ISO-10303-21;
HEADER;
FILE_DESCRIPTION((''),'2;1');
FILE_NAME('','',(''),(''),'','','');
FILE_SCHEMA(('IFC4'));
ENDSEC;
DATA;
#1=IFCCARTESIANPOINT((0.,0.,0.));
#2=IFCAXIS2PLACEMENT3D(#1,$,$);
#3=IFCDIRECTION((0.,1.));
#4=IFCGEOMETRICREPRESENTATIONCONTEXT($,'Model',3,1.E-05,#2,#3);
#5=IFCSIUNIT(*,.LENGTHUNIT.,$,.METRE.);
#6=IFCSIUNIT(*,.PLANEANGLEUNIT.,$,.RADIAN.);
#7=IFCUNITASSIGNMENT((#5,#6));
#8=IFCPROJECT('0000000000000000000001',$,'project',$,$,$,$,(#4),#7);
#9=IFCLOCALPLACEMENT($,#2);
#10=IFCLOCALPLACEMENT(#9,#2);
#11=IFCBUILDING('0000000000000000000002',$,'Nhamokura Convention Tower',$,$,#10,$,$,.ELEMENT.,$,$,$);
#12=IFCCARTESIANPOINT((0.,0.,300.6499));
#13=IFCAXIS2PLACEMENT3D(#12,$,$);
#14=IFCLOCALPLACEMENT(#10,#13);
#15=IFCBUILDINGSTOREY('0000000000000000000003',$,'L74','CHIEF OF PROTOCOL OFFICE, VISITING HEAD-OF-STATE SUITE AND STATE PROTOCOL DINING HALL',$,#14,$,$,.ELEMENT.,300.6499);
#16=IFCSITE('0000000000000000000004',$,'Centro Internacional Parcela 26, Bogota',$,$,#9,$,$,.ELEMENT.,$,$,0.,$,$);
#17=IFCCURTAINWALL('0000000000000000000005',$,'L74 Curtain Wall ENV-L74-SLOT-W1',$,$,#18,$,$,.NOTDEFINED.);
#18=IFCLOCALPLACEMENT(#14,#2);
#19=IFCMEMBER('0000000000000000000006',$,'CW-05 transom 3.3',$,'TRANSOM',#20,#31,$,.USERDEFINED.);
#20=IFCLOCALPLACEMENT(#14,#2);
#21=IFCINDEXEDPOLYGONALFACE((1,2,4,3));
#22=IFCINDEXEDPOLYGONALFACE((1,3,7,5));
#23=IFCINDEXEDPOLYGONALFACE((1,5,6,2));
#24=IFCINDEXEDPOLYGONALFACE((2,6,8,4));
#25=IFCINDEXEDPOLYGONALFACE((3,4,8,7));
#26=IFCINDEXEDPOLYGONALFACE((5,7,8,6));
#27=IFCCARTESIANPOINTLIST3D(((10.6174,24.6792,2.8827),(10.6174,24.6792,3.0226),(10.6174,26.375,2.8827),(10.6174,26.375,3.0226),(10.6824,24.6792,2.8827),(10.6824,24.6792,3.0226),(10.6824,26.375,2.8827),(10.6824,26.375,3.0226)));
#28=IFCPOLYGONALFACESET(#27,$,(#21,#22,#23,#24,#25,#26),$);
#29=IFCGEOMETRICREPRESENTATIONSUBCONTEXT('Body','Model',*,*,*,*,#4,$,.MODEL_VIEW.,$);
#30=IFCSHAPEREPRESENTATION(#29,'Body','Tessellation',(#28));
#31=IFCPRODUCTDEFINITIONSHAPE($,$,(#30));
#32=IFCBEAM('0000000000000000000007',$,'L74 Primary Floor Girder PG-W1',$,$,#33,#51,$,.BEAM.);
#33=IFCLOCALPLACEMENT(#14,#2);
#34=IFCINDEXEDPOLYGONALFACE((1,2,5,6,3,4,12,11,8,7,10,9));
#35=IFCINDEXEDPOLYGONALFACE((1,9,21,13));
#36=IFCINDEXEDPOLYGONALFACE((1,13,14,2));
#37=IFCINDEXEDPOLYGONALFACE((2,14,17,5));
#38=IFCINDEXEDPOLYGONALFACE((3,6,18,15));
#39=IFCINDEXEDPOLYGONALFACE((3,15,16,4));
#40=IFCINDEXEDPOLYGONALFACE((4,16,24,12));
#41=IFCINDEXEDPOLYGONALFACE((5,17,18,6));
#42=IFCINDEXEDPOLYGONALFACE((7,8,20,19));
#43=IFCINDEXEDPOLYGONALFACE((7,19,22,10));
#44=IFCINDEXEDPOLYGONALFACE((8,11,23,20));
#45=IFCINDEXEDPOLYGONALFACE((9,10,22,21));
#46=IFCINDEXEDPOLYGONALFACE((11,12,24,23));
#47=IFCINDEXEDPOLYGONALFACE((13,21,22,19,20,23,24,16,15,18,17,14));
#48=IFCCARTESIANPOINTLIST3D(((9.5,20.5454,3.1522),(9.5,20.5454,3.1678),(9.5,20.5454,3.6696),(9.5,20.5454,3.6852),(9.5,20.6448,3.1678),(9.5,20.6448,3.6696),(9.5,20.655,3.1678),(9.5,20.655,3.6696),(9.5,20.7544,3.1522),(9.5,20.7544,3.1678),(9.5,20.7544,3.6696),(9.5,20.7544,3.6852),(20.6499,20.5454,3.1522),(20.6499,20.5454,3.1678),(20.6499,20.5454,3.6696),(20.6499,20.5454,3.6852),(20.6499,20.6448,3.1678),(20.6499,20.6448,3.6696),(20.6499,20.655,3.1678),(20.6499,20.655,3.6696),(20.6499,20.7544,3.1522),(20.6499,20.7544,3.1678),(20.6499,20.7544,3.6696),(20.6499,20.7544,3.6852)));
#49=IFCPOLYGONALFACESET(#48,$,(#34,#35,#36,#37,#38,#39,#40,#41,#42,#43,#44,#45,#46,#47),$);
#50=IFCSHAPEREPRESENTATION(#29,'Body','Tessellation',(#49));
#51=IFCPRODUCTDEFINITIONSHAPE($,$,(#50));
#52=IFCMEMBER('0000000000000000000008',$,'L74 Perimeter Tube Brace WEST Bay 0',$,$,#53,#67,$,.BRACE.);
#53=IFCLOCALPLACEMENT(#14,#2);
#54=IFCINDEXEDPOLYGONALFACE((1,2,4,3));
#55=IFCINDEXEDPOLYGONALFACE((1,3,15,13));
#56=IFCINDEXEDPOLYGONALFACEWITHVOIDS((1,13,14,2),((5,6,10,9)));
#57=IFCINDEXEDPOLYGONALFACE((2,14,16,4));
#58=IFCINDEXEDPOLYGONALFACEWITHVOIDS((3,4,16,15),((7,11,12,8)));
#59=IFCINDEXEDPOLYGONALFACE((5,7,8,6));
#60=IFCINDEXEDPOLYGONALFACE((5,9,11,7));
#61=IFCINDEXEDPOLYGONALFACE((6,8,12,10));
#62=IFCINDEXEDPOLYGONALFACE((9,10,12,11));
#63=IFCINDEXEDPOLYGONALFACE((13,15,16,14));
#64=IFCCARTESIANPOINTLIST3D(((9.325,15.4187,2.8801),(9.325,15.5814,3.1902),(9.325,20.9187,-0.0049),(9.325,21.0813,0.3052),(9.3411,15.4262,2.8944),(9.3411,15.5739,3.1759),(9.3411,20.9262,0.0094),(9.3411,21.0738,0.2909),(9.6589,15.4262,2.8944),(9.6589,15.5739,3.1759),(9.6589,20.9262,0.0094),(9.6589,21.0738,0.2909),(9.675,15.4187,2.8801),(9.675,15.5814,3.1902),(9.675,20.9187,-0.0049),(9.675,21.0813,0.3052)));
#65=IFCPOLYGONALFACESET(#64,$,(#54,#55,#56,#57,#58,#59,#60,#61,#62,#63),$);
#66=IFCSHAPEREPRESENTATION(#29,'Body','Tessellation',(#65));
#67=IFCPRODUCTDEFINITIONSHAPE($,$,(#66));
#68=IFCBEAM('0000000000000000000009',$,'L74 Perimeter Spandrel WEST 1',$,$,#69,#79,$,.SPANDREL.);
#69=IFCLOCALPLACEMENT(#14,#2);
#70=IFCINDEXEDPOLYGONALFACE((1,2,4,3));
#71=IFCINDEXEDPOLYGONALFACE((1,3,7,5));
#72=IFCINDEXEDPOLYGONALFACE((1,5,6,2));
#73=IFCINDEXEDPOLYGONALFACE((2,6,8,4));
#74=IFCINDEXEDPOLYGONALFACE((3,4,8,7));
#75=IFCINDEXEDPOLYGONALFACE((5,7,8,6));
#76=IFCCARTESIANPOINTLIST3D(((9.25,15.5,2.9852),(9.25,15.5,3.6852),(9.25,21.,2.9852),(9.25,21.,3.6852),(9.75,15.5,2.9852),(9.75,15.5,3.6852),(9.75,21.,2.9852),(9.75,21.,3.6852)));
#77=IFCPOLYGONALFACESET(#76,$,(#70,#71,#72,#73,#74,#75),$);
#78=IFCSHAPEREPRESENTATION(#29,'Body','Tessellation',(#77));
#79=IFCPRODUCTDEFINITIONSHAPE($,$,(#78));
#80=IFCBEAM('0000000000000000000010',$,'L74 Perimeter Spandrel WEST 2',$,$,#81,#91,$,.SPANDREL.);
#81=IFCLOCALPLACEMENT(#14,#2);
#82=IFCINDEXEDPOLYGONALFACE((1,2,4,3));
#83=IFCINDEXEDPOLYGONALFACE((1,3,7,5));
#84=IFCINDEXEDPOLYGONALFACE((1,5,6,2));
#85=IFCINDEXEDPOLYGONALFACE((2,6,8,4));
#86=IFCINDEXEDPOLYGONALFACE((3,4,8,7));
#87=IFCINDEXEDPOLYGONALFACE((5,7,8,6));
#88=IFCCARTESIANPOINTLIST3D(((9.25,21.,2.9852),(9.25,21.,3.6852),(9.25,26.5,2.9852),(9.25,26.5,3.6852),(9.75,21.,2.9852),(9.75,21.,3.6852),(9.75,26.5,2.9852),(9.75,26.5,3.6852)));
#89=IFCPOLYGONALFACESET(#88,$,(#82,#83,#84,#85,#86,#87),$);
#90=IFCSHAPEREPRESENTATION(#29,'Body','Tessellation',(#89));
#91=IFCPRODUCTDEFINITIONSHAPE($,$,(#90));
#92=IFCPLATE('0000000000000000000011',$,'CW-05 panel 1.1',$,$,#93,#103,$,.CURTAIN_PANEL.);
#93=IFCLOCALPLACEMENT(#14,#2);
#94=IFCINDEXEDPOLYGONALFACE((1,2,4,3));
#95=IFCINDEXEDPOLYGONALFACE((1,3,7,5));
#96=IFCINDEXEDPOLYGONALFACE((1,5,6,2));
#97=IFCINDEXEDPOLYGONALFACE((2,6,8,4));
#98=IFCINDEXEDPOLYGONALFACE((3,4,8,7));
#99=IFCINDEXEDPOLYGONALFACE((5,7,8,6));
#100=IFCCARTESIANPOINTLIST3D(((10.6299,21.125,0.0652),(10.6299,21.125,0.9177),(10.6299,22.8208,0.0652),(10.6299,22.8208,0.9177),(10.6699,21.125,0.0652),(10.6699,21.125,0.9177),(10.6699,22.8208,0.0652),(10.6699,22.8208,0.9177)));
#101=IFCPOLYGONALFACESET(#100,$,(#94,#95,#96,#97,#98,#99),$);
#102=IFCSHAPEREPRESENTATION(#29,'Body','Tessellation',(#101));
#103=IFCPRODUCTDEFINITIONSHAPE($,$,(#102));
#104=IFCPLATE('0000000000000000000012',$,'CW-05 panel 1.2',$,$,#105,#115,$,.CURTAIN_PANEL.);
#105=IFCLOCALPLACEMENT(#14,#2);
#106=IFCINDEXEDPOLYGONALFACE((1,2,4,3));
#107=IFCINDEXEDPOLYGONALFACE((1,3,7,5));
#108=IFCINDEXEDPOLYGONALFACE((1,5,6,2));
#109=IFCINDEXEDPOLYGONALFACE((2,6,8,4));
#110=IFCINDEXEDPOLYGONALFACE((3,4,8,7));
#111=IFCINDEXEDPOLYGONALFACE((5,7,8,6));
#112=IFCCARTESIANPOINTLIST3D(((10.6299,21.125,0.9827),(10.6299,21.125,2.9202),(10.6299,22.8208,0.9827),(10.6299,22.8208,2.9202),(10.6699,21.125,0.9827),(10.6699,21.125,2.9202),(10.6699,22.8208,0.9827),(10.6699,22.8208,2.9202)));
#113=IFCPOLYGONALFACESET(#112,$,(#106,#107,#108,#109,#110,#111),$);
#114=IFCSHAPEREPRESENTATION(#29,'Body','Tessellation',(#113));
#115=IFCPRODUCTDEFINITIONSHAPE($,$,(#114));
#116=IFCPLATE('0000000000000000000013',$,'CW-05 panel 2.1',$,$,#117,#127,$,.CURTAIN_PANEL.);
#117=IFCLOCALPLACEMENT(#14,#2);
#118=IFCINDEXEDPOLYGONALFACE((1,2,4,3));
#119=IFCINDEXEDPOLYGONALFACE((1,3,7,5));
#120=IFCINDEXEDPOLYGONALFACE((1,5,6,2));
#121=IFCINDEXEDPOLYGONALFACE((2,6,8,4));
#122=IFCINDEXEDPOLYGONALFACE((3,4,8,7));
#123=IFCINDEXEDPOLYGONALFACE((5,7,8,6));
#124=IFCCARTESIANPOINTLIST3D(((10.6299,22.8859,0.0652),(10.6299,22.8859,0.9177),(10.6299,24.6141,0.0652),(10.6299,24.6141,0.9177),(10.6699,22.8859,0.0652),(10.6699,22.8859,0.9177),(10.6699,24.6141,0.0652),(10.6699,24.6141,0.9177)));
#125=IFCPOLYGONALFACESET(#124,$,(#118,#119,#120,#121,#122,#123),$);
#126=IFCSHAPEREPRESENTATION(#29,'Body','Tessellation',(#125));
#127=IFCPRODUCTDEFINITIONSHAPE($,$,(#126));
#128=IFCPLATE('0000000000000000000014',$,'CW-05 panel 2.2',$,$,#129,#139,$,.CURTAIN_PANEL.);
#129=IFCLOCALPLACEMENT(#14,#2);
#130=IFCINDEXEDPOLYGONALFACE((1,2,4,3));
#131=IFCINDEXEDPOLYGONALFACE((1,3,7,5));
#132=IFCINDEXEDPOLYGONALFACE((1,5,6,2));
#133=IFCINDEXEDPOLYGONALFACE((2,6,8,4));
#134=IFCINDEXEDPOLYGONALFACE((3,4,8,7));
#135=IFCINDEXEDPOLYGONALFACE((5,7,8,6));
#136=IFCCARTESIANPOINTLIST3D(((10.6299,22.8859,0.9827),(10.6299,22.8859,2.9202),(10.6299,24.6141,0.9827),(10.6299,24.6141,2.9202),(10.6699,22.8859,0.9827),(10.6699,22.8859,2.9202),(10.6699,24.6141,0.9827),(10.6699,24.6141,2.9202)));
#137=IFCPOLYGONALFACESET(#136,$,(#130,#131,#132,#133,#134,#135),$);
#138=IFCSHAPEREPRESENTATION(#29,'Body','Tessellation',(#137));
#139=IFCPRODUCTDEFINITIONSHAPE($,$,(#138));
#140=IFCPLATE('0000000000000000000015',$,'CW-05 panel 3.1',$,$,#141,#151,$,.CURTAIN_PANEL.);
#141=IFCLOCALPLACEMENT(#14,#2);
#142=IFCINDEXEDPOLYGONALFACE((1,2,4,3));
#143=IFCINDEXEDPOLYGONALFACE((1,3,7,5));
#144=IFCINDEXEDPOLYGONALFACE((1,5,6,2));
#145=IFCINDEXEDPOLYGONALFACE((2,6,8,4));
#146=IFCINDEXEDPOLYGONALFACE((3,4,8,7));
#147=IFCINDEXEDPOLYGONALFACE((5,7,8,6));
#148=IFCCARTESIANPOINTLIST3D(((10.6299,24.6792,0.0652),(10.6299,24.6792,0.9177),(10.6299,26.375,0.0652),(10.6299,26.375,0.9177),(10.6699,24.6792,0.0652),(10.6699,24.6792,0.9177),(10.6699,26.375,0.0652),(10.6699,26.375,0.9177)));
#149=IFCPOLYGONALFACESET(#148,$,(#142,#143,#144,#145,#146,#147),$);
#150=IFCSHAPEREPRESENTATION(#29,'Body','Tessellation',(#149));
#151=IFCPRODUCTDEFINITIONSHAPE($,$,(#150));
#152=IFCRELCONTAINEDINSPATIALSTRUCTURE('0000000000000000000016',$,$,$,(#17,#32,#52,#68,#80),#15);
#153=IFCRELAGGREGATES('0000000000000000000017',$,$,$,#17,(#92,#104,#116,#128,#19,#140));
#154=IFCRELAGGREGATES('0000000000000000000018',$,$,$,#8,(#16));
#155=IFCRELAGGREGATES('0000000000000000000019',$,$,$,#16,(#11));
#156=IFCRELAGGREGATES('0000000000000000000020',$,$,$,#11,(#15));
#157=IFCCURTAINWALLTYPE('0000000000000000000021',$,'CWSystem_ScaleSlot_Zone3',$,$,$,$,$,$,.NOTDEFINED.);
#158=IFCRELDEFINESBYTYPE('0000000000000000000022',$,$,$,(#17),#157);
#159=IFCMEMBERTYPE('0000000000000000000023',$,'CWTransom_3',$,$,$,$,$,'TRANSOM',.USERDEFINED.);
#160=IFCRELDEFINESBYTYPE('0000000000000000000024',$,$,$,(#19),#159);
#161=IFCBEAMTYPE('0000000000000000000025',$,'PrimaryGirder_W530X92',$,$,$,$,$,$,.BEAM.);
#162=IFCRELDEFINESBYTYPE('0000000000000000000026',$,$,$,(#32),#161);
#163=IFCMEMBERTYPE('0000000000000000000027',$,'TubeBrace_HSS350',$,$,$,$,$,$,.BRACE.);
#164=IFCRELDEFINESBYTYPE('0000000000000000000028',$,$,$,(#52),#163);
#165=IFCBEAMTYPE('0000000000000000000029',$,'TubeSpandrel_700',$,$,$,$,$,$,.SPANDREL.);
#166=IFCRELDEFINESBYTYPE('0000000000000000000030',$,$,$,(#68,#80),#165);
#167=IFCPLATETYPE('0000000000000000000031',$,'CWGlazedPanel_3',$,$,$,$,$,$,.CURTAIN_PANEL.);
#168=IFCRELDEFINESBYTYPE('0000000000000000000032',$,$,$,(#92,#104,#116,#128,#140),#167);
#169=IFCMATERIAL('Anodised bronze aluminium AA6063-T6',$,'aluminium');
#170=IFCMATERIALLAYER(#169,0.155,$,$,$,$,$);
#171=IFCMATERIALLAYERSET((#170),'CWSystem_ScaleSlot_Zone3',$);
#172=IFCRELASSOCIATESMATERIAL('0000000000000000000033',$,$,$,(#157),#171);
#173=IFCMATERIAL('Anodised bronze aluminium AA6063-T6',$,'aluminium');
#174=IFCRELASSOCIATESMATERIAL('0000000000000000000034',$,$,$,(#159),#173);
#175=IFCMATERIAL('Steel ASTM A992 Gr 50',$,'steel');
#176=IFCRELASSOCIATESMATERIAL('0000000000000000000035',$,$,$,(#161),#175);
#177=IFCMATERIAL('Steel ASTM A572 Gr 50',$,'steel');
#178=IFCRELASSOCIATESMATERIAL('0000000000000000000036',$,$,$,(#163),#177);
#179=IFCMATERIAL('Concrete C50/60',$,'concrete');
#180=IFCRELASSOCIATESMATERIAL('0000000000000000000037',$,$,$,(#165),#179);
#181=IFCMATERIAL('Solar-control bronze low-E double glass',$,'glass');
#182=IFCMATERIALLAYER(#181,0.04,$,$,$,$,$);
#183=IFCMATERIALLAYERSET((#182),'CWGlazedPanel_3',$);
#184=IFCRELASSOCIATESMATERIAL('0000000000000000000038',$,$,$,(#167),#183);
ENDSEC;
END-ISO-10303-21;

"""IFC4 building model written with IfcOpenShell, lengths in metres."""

from ifc_helpers import new_model, si_unit, direction, frame, origin, origin_2d, place, context, subcontext, project, spatial, rectangle, hollow_rectangle, i_section, extrude, material, layer, layer_set, material_profile, profile_set, type_object, element, aggregate, save


model = new_model("IFC4")

# Units and contexts
model_context = context("Model", 3, precision=1e-05, world=origin(), true_north=direction((0.0, 1.0)))
body_context = subcontext(model_context, "Body", "Model", "MODEL_VIEW")
ifc_project = project(units=[si_unit("LENGTHUNIT", "METRE"), si_unit("PLANEANGLEUNIT", "RADIAN")], contexts=[model_context])

# Site, building, storey
site_placement = place(None, origin())
site = spatial("IfcSite", under=ifc_project, at=site_placement, Name="Centro Internacional Parcela 26, Bogota", CompositionType="ELEMENT", RefElevation=0.0)
building_placement = place(site_placement, origin())
building = spatial("IfcBuilding", under=site, at=building_placement, Name="Nhamokura Convention Tower", CompositionType="ELEMENT")
storey_placement = place(building_placement, frame((0.0, 0.0, 300.6499)))
storey = spatial("IfcBuildingStorey", under=building, at=storey_placement, Name="L74", Description="CHIEF OF PROTOCOL OFFICE, VISITING HEAD-OF-STATE SUITE AND STATE PROTOCOL DINING HALL", CompositionType="ELEMENT", Elevation=300.6499)

# Curtain wall, member
ifc_material_1 = material(Name="Anodised bronze aluminium AA6063-T6", Category="aluminium")
ifc_layer_1 = layer(ifc_material_1, 0.155)
ifc_layer_set_1 = layer_set([ifc_layer_1], Name="CWSystem_ScaleSlot_Zone3")
curtain_wall_type = type_object("IfcCurtainWallType", Name="CWSystem_ScaleSlot_Zone3", PredefinedType="NOTDEFINED", material=ifc_layer_set_1)
curtain_wall_placement = place(storey_placement, origin())
curtain_wall = element("IfcCurtainWall", 1, at=curtain_wall_placement, inside=storey, type_object=curtain_wall_type, Name="L74 Curtain Wall ENV-L74-SLOT-W1", PredefinedType="NOTDEFINED")
ifc_material_2 = material(Name="Anodised bronze aluminium AA6063-T6", Category="aluminium")
ifc_material_profile_1 = material_profile(ifc_material_2, rectangle(XDim=0.0649, YDim=0.1399, at=origin_2d()))
ifc_profile_set_1 = profile_set([ifc_material_profile_1], Name="Anodised bronze aluminium AA6063-T6")
member_type_1 = type_object("IfcMemberType", Name="CWTransom_3", ElementType="TRANSOM", PredefinedType="USERDEFINED", material=ifc_profile_set_1)
member_1_placement = place(storey_placement, frame((10.6499, 24.6792, 2.9526), z_axis=(0.0, 1.0, 0.0), x_axis=(-1.0, 0.0, 0.0)))
member_1 = element("IfcMember", 2, at=member_1_placement, type_object=member_type_1, Name="CW-05 transom 3.3", ObjectType="TRANSOM", PredefinedType="USERDEFINED", context=body_context, shape_type="SweptSolid", body=[
    extrude(rectangle(XDim=0.0649, YDim=0.1399, at=origin_2d()), origin(), (0.0, 0.0, 1.0), 1.6958),
])

# Beam
ifc_material_3 = material(Name="Steel ASTM A992 Gr 50", Category="steel")
ifc_material_profile_2 = material_profile(ifc_material_3, i_section(OverallWidth=0.209, OverallDepth=0.533, WebThickness=0.0103, FlangeThickness=0.0156, at=origin_2d()))
ifc_profile_set_2 = profile_set([ifc_material_profile_2], Name="Steel ASTM A992 Gr 50")
beam_type_1 = type_object("IfcBeamType", Name="PrimaryGirder_W530X92", PredefinedType="BEAM", material=ifc_profile_set_2)
beam_placement = place(storey_placement, frame((9.5, 20.6499, 3.4187), z_axis=(1.0, 0.0, 0.0), x_axis=(0.0, 1.0, 0.0)))
element("IfcBeam", 3, at=beam_placement, inside=storey, type_object=beam_type_1, Name="L74 Primary Floor Girder PG-W1", PredefinedType="BEAM", context=body_context, shape_type="SweptSolid", body=[
    extrude(i_section(OverallWidth=0.209, OverallDepth=0.533, WebThickness=0.0103, FlangeThickness=0.0156, at=origin_2d()), origin(), (0.0, 0.0, 1.0), 11.1499),
])

# Member
ifc_material_4 = material(Name="Steel ASTM A572 Gr 50", Category="steel")
ifc_material_profile_3 = material_profile(ifc_material_4, hollow_rectangle(XDim=0.3501, YDim=0.3501, WallThickness=0.0161, at=origin_2d()))
ifc_profile_set_3 = profile_set([ifc_material_profile_3], Name="Steel ASTM A572 Gr 50")
member_type_2 = type_object("IfcMemberType", Name="TubeBrace_HSS350", PredefinedType="BRACE", material=ifc_profile_set_3)
member_2_placement = place(storey_placement, frame((9.5, 21.0, 0.1501), z_axis=(0.0, -0.885563, 0.46452), x_axis=(1.0, 0.0, 0.0)))
element("IfcMember", 4, at=member_2_placement, inside=storey, type_object=member_type_2, Name="L74 Perimeter Tube Brace WEST Bay 0", PredefinedType="BRACE", context=body_context, shape_type="SweptSolid", body=[
    extrude(hollow_rectangle(XDim=0.3501, YDim=0.3501, WallThickness=0.0161, at=origin_2d()), origin(), (0.0, 0.0, 1.0), 6.2107),
])

# Beams
ifc_material_5 = material(Name="Concrete C50/60", Category="concrete")
ifc_material_profile_4 = material_profile(ifc_material_5, rectangle(XDim=0.5, YDim=0.7, at=origin_2d()))
ifc_profile_set_4 = profile_set([ifc_material_profile_4], Name="Concrete C50/60")
beam_type_2 = type_object("IfcBeamType", Name="TubeSpandrel_700", PredefinedType="SPANDREL", material=ifc_profile_set_4)
for number, where, z_axis, x_axis, name in (
    (5, (9.5, 15.5, 3.3352), (0.0, 1.0, 0.0), (-1.0, 0.0, 0.0), "L74 Perimeter Spandrel WEST 1"),
    (6, (9.5, 21.0, 3.3352), (0.0, 1.0, 0.0), (-1.0, 0.0, 0.0), "L74 Perimeter Spandrel WEST 2"),
):
    element("IfcBeam", number, at=place(storey_placement, frame(where, z_axis=z_axis, x_axis=x_axis)), inside=storey, type_object=beam_type_2, Name=name, PredefinedType="SPANDREL", context=body_context, shape_type="SweptSolid", body=[
        extrude(rectangle(XDim=0.5, YDim=0.7, at=origin_2d()), origin(), (0.0, 0.0, 1.0), 5.5),
    ])

# Plates
ifc_material_6 = material(Name="Solar-control bronze low-E double glass", Category="glass")
ifc_layer_2 = layer(ifc_material_6, 0.04)
ifc_layer_set_2 = layer_set([ifc_layer_2], Name="CWGlazedPanel_3")
plate_type = type_object("IfcPlateType", Name="CWGlazedPanel_3", PredefinedType="CURTAIN_PANEL", material=ifc_layer_set_2)
plate_1_placement = place(storey_placement, frame((10.6499, 21.9729, 0.0652), z_axis=(0.0, 0.0, 1.0), x_axis=(0.0, 1.0, 0.0)))
plate_1 = element("IfcPlate", 7, at=plate_1_placement, type_object=plate_type, Name="CW-05 panel 1.1", PredefinedType="CURTAIN_PANEL", context=body_context, shape_type="SweptSolid", body=[
    extrude(rectangle(XDim=1.6958, YDim=0.04, at=origin_2d()), origin(), (0.0, 0.0, 1.0), 0.8525),
])
plate_2_placement = place(storey_placement, frame((10.6499, 21.9729, 0.9827), z_axis=(0.0, 0.0, 1.0), x_axis=(0.0, 1.0, 0.0)))
plate_2 = element("IfcPlate", 8, at=plate_2_placement, type_object=plate_type, Name="CW-05 panel 1.2", PredefinedType="CURTAIN_PANEL", context=body_context, shape_type="SweptSolid", body=[
    extrude(rectangle(XDim=1.6958, YDim=0.04, at=origin_2d()), origin(), (0.0, 0.0, 1.0), 1.9375),
])
plate_3_placement = place(storey_placement, frame((10.6499, 23.75, 0.0652), z_axis=(0.0, 0.0, 1.0), x_axis=(0.0, 1.0, 0.0)))
plate_3 = element("IfcPlate", 9, at=plate_3_placement, type_object=plate_type, Name="CW-05 panel 2.1", PredefinedType="CURTAIN_PANEL", context=body_context, shape_type="SweptSolid", body=[
    extrude(rectangle(XDim=1.7283, YDim=0.04, at=origin_2d()), origin(), (0.0, 0.0, 1.0), 0.8525),
])
plate_4_placement = place(storey_placement, frame((10.6499, 23.75, 0.9827), z_axis=(0.0, 0.0, 1.0), x_axis=(0.0, 1.0, 0.0)))
plate_4 = element("IfcPlate", 10, at=plate_4_placement, type_object=plate_type, Name="CW-05 panel 2.2", PredefinedType="CURTAIN_PANEL", context=body_context, shape_type="SweptSolid", body=[
    extrude(rectangle(XDim=1.7283, YDim=0.04, at=origin_2d()), origin(), (0.0, 0.0, 1.0), 1.9375),
])
plate_5_placement = place(storey_placement, frame((10.6499, 25.5271, 0.0652), z_axis=(0.0, 0.0, 1.0), x_axis=(0.0, 1.0, 0.0)))
plate_5 = element("IfcPlate", 11, at=plate_5_placement, type_object=plate_type, Name="CW-05 panel 3.1", PredefinedType="CURTAIN_PANEL", context=body_context, shape_type="SweptSolid", body=[
    extrude(rectangle(XDim=1.6958, YDim=0.04, at=origin_2d()), origin(), (0.0, 0.0, 1.0), 0.8525),
])
aggregate(curtain_wall, [plate_1, plate_2, plate_3, plate_4, member_1, plate_5])

save(model, "model.ifc")
